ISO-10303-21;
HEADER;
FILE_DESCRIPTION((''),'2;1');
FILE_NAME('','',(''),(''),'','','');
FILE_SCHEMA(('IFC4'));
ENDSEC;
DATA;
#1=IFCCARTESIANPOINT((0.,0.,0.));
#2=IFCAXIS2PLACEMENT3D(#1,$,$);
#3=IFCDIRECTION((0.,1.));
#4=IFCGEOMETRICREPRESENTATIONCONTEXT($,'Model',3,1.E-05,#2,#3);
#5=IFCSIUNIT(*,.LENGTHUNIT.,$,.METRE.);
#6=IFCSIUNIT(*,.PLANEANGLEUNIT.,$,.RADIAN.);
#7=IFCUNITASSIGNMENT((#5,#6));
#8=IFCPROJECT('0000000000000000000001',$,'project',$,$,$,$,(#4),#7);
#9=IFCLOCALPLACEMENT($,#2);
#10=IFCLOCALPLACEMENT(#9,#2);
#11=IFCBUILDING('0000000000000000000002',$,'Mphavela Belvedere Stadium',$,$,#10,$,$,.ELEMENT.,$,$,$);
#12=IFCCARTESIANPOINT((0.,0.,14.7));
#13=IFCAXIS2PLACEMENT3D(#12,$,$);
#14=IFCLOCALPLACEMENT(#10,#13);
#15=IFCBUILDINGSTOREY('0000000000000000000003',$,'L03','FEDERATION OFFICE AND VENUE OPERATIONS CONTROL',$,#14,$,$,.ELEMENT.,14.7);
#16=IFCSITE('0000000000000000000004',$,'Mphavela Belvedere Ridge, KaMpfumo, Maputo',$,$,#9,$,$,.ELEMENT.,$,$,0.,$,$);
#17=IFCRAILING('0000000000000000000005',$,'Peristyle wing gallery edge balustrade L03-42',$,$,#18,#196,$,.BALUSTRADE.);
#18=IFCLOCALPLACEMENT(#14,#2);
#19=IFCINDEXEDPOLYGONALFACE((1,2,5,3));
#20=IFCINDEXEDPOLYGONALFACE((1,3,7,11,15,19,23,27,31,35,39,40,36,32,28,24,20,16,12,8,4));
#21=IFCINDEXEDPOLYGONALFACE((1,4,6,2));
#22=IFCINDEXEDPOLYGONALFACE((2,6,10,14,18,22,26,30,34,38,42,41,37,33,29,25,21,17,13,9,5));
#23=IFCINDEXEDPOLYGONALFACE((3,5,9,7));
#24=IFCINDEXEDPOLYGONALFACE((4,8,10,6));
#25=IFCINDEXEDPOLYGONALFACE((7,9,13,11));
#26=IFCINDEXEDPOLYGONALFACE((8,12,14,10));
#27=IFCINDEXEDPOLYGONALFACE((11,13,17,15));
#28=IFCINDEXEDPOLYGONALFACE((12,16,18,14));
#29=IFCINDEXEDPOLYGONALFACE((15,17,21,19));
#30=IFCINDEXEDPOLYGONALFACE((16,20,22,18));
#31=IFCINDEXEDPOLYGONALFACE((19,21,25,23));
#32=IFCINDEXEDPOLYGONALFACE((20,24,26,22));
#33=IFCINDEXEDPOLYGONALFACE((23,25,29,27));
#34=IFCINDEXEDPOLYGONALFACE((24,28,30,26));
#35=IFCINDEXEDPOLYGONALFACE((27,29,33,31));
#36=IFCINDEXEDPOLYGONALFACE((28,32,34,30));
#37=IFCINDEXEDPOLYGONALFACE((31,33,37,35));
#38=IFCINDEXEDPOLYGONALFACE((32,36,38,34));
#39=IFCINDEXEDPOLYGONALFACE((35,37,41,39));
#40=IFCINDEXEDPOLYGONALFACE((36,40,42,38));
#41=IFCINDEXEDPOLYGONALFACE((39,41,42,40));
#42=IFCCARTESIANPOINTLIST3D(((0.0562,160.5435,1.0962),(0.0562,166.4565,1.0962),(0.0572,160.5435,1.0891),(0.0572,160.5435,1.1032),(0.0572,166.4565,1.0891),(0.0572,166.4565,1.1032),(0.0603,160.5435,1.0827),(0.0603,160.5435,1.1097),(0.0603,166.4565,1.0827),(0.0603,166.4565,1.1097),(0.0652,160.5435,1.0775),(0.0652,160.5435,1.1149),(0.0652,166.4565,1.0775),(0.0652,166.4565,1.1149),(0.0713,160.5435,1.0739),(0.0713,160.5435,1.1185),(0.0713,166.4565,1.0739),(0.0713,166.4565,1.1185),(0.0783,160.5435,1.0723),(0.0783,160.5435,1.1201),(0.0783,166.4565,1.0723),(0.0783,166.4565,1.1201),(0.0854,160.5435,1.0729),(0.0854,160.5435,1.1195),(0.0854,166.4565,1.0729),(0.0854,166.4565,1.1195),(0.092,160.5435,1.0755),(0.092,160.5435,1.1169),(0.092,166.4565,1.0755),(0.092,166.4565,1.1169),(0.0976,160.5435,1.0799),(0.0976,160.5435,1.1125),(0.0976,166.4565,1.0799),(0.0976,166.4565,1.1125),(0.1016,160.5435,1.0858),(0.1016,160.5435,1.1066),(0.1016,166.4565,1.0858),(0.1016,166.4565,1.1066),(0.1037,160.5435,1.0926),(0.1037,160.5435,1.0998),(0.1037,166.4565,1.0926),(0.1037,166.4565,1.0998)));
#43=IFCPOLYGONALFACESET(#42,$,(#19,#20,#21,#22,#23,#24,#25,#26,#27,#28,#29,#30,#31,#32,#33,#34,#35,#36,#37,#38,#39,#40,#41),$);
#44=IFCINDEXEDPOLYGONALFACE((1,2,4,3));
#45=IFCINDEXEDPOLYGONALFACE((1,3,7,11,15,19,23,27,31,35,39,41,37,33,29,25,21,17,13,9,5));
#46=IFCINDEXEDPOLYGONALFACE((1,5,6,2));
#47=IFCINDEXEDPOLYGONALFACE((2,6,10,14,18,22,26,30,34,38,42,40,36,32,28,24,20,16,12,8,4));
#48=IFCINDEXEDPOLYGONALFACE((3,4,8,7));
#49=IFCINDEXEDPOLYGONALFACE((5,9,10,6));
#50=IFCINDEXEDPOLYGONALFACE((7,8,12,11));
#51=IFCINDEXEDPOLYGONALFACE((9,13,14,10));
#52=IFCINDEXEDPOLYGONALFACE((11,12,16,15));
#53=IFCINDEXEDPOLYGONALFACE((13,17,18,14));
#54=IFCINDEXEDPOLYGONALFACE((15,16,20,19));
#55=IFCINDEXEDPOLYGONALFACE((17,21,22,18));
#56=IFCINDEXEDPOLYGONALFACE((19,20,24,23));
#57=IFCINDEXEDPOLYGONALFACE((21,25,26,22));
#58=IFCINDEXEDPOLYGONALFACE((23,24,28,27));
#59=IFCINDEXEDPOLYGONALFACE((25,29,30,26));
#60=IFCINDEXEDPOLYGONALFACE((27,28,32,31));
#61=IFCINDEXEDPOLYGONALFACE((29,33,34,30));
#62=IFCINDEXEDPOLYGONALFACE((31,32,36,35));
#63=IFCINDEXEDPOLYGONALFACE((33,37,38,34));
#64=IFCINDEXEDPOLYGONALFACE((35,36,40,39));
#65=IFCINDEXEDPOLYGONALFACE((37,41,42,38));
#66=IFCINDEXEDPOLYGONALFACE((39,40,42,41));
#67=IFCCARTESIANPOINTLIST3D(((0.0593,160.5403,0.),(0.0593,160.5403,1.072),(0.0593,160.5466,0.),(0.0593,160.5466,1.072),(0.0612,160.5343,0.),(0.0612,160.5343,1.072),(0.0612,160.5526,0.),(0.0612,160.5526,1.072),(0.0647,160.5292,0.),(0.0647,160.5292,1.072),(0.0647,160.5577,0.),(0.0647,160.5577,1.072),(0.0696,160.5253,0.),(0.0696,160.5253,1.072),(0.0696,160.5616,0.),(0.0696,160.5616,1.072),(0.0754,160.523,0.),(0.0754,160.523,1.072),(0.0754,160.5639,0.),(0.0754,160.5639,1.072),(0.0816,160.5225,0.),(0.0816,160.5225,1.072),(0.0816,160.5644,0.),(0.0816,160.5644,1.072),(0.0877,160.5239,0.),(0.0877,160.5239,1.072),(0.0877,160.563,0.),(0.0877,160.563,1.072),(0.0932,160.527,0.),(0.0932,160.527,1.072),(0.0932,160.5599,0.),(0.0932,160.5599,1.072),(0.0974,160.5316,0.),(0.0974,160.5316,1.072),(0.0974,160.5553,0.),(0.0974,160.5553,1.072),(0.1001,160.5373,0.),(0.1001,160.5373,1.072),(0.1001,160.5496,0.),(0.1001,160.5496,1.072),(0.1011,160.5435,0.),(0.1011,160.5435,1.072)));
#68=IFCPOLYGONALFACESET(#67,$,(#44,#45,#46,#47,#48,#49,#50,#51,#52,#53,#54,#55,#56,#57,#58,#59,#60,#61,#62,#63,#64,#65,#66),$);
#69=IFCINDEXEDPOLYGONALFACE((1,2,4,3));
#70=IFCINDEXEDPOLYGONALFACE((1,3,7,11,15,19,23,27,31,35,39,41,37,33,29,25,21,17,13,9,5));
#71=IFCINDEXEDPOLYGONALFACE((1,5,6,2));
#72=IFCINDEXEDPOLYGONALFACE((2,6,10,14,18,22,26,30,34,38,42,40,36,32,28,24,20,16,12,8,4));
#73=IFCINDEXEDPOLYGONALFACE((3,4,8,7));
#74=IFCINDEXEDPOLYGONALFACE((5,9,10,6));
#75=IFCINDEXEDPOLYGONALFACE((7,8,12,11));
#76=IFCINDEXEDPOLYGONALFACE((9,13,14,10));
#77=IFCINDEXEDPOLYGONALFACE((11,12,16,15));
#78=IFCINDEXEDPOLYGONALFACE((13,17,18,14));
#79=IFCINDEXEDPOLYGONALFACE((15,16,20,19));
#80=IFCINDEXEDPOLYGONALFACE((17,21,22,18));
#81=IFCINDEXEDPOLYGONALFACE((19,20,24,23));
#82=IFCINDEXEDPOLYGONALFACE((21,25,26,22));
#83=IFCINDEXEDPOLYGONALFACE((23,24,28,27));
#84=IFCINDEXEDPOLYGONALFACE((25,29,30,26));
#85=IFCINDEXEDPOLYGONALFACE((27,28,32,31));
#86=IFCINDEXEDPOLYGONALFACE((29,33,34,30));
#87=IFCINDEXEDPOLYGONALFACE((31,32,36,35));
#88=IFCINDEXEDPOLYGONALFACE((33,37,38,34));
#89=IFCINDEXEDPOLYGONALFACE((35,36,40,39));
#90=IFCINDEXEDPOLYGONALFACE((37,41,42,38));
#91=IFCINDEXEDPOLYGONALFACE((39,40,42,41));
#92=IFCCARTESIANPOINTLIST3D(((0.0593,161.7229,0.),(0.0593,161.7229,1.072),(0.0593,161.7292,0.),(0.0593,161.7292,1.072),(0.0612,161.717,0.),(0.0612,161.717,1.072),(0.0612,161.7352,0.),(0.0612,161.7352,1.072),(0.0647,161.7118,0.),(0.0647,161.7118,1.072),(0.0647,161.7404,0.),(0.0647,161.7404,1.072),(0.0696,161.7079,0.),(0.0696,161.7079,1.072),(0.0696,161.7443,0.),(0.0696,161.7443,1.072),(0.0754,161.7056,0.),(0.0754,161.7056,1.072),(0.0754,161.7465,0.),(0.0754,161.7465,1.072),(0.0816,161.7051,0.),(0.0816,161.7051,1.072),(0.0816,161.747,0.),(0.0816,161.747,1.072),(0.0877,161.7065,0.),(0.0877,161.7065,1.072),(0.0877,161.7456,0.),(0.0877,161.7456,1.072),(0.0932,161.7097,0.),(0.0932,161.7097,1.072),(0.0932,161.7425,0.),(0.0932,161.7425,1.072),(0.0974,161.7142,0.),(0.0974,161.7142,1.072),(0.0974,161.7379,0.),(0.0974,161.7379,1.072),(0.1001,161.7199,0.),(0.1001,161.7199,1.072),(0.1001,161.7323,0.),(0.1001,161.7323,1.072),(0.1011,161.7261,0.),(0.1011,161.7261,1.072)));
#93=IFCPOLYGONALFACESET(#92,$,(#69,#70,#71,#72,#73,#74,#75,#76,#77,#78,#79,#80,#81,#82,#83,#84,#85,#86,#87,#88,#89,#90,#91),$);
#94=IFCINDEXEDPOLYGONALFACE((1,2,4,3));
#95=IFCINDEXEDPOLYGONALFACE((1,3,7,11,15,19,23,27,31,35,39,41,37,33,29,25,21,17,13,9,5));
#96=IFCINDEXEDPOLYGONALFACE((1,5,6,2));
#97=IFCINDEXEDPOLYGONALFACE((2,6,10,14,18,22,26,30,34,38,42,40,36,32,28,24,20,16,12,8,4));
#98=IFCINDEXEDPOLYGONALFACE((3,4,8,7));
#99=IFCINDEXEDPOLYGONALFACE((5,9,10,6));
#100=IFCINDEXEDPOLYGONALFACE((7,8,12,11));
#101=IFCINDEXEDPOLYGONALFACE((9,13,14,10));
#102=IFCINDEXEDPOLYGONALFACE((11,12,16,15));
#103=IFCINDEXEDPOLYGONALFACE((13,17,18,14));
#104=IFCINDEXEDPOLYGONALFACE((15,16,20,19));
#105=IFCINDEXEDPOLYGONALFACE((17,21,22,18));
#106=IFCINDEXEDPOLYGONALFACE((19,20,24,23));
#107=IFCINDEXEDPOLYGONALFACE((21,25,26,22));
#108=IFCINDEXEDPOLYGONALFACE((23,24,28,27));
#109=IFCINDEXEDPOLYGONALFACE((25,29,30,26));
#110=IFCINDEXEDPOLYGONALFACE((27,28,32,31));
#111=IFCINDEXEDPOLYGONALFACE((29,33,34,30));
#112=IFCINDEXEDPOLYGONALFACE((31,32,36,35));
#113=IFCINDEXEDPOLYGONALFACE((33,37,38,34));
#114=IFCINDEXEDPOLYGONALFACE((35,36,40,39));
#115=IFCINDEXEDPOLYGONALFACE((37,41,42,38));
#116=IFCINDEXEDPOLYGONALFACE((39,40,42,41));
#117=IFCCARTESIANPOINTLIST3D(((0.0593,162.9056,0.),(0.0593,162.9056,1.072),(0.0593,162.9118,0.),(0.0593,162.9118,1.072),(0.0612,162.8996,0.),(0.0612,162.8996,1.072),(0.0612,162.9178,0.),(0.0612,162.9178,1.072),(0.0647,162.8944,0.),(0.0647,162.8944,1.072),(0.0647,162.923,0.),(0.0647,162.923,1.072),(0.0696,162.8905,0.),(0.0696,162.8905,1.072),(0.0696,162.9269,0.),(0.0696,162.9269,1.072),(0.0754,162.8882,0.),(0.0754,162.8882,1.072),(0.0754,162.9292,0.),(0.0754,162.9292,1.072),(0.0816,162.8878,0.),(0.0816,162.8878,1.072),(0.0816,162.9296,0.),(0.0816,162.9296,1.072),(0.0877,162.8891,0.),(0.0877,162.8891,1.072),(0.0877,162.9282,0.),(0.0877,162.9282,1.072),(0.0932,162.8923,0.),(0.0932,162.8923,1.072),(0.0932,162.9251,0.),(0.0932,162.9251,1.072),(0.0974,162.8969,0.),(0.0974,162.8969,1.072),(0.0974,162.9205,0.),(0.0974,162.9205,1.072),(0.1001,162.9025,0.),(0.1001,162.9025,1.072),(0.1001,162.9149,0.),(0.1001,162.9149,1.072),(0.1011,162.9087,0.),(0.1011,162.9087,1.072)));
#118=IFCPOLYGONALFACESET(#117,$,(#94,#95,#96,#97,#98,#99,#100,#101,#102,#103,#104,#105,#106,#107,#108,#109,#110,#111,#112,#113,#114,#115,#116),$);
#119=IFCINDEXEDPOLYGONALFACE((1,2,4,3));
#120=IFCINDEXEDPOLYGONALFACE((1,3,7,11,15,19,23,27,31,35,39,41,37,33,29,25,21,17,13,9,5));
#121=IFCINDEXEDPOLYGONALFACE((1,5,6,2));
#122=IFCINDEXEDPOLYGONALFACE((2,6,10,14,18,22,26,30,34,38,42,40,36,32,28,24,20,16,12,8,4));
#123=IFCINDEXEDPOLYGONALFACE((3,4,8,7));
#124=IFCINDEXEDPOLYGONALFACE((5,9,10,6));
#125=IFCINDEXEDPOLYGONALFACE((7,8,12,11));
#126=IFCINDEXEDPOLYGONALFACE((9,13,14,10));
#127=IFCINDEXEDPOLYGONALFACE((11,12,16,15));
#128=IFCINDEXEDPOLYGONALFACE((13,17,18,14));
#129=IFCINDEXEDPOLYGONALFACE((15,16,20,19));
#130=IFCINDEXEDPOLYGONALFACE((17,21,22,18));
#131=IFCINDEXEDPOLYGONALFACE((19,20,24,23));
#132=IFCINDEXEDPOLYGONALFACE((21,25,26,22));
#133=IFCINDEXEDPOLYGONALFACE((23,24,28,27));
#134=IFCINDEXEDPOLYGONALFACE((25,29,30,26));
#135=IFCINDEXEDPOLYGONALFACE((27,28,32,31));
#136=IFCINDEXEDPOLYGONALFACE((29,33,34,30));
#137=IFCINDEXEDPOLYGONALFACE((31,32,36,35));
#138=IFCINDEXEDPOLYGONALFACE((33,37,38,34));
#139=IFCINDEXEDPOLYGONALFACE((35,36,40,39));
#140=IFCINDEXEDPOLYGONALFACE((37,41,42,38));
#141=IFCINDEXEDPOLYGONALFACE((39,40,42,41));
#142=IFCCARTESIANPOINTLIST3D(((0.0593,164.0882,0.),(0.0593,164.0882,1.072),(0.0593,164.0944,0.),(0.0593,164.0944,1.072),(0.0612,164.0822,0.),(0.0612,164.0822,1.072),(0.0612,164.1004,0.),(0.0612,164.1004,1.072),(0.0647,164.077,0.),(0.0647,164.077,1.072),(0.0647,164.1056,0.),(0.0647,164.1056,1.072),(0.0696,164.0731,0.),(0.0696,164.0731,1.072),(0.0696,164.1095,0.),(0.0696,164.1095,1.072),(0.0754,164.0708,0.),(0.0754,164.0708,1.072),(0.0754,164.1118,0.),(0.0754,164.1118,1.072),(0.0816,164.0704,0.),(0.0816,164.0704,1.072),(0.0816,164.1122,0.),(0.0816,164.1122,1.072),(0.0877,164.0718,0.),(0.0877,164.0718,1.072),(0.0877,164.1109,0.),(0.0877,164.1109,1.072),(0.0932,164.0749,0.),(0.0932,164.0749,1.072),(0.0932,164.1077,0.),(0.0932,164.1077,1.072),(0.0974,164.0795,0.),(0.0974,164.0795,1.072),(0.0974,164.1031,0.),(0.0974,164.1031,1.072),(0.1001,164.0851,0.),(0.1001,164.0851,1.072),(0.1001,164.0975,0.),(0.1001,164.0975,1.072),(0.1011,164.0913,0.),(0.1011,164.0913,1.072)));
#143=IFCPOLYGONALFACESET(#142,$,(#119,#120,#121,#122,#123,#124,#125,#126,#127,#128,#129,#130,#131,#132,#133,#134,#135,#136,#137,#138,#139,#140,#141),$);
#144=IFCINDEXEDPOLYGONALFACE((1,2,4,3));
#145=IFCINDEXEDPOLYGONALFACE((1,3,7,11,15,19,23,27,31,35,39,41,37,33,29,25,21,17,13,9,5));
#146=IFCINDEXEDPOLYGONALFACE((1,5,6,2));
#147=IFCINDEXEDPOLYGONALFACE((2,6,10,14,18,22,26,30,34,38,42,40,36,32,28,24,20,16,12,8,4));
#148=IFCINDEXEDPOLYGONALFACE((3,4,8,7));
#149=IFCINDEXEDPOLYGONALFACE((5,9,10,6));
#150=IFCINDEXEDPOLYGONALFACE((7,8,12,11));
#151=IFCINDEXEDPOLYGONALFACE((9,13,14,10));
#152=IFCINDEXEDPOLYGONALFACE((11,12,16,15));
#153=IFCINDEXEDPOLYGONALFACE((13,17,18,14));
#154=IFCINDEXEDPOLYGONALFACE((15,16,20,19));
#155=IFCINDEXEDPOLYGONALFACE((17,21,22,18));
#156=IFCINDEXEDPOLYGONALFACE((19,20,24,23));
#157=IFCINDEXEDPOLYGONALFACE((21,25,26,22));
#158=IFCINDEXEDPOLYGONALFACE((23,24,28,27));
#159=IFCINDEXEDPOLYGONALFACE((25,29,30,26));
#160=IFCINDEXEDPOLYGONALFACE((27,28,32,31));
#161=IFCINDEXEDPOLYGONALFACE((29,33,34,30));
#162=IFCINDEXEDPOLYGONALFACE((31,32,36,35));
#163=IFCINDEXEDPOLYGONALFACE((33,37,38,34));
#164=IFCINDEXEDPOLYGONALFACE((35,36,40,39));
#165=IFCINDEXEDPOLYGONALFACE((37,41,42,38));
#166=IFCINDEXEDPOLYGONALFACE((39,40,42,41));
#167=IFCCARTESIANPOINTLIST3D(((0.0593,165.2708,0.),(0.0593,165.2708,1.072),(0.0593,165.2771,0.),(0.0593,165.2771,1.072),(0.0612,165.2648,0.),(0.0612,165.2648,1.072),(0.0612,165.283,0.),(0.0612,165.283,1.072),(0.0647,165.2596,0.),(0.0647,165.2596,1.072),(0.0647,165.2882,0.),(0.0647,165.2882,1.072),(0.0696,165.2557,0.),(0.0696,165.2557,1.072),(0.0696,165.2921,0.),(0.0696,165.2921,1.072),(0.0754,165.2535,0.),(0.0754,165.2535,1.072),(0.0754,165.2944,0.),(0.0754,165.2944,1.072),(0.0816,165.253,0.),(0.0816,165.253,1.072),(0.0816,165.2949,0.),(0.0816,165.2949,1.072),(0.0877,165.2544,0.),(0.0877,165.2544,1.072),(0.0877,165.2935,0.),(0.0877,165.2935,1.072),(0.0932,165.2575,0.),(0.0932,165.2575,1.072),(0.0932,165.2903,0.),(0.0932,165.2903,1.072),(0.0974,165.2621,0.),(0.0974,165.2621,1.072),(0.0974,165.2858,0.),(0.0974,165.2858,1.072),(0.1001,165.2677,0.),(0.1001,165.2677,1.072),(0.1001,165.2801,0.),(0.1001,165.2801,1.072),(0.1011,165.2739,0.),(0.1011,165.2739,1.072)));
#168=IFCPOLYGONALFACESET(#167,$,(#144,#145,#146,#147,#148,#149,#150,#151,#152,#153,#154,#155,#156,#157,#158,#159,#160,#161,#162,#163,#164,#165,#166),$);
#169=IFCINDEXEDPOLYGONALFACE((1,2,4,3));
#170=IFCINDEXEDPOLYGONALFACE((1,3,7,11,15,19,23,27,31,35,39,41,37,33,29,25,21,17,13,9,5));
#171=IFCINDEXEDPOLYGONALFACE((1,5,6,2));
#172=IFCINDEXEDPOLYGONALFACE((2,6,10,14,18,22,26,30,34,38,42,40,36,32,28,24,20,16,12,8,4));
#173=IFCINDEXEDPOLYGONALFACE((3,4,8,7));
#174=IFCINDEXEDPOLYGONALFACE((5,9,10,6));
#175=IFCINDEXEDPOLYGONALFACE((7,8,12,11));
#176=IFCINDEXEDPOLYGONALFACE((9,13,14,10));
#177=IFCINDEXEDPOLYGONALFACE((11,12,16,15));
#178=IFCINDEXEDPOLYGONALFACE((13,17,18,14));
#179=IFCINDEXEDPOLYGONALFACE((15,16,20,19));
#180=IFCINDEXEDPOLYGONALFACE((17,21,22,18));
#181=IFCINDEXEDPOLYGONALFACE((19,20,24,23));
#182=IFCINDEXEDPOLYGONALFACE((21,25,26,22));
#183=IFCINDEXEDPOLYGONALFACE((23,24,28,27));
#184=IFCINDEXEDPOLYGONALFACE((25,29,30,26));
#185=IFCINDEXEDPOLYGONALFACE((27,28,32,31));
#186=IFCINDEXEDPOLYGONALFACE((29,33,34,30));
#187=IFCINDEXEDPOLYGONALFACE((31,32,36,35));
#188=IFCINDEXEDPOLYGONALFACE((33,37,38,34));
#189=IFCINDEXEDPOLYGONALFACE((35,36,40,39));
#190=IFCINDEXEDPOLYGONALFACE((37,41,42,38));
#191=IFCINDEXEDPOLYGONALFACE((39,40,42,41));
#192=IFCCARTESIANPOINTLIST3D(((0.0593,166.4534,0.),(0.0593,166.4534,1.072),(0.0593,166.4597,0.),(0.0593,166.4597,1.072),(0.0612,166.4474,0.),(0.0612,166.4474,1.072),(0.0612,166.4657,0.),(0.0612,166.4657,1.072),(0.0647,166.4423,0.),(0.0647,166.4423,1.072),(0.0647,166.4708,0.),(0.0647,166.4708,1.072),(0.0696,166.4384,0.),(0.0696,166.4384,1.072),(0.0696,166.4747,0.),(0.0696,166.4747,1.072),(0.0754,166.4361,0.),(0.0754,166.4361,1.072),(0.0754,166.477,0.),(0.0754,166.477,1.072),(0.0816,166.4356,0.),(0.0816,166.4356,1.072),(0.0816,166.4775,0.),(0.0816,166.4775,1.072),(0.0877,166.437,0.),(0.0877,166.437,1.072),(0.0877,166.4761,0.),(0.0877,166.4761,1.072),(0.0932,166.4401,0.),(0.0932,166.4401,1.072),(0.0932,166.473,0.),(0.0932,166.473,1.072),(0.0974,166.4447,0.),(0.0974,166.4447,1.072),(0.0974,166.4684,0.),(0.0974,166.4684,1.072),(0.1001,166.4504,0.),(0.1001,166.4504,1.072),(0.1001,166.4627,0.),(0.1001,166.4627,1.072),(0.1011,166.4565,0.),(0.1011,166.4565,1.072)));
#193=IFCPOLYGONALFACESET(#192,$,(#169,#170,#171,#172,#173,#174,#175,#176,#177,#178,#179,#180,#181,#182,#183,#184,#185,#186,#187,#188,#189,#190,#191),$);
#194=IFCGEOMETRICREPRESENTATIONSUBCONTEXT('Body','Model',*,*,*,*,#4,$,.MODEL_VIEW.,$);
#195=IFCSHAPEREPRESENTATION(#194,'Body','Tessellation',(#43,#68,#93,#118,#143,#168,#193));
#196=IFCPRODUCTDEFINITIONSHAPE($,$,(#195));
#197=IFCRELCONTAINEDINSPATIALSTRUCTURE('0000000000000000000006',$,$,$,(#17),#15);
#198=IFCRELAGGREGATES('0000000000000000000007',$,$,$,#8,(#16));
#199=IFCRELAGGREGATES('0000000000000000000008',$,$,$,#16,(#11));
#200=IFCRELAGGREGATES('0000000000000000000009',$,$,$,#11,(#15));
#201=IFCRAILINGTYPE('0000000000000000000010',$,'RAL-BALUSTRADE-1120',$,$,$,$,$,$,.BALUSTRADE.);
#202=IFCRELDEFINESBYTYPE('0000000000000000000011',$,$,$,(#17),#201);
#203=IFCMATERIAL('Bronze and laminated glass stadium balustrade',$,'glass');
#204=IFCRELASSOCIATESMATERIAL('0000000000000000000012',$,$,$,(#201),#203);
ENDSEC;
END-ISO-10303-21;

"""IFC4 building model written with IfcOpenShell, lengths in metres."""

from ifc_helpers import new_model, si_unit, direction, frame, origin, origin_2d, place, context, subcontext, project, spatial, circle, extrude, material, type_object, element, save


model = new_model("IFC4")

# Units and contexts
model_context = context("Model", 3, precision=1e-05, world=origin(), true_north=direction((0.0, 1.0)))
body_context = subcontext(model_context, "Body", "Model", "MODEL_VIEW")
ifc_project = project(units=[si_unit("LENGTHUNIT", "METRE"), si_unit("PLANEANGLEUNIT", "RADIAN")], contexts=[model_context])

# Site, building, storey
site_placement = place(None, origin())
site = spatial("IfcSite", under=ifc_project, at=site_placement, Name="Mphavela Belvedere Ridge, KaMpfumo, Maputo", CompositionType="ELEMENT", RefElevation=0.0)
building_placement = place(site_placement, origin())
building = spatial("IfcBuilding", under=site, at=building_placement, Name="Mphavela Belvedere Stadium", CompositionType="ELEMENT")
storey_placement = place(building_placement, frame((0.0, 0.0, 14.7)))
storey = spatial("IfcBuildingStorey", under=building, at=storey_placement, Name="L03", Description="FEDERATION OFFICE AND VENUE OPERATIONS CONTROL", CompositionType="ELEMENT", Elevation=14.7)

# Railing
ifc_material_1 = material(Name="Bronze and laminated glass stadium balustrade", Category="glass")
railing_type = type_object("IfcRailingType", Name="RAL-BALUSTRADE-1120", PredefinedType="BALUSTRADE", material=ifc_material_1)
for number, where, name in (
    (1, (0.0801, 160.5435, 0.0), "Peristyle wing gallery edge balustrade L03-42"),
):
    element("IfcRailing", number, at=place(storey_placement, frame(where)), inside=storey, type_object=railing_type, Name=name, PredefinedType="BALUSTRADE", context=body_context, shape_type="SweptSolid", body=[
        extrude(circle(Radius=0.0239, at=origin_2d()), frame((0.0, 0.0, 1.0962), z_axis=(0.0, 1.0, 0.0), x_axis=(-1.0, 0.0, 0.0)), (0.0, 0.0, 1.0), 5.9131),
        extrude(circle(Radius=0.021, at=origin_2d()), origin(), (0.0, 0.0, 1.0), 1.072),
        extrude(circle(Radius=0.021, at=origin_2d()), frame((0.0, 1.1826, 0.0)), (0.0, 0.0, 1.0), 1.072),
        extrude(circle(Radius=0.021, at=origin_2d()), frame((0.0, 2.3652, 0.0)), (0.0, 0.0, 1.0), 1.072),
        extrude(circle(Radius=0.021, at=origin_2d()), frame((0.0, 3.5479, 0.0)), (0.0, 0.0, 1.0), 1.072),
        extrude(circle(Radius=0.021, at=origin_2d()), frame((0.0, 4.7305, 0.0)), (0.0, 0.0, 1.0), 1.072),
        extrude(circle(Radius=0.021, at=origin_2d()), frame((0.0, 5.9131, 0.0)), (0.0, 0.0, 1.0), 1.072),
    ])

save(model, "model.ifc")
